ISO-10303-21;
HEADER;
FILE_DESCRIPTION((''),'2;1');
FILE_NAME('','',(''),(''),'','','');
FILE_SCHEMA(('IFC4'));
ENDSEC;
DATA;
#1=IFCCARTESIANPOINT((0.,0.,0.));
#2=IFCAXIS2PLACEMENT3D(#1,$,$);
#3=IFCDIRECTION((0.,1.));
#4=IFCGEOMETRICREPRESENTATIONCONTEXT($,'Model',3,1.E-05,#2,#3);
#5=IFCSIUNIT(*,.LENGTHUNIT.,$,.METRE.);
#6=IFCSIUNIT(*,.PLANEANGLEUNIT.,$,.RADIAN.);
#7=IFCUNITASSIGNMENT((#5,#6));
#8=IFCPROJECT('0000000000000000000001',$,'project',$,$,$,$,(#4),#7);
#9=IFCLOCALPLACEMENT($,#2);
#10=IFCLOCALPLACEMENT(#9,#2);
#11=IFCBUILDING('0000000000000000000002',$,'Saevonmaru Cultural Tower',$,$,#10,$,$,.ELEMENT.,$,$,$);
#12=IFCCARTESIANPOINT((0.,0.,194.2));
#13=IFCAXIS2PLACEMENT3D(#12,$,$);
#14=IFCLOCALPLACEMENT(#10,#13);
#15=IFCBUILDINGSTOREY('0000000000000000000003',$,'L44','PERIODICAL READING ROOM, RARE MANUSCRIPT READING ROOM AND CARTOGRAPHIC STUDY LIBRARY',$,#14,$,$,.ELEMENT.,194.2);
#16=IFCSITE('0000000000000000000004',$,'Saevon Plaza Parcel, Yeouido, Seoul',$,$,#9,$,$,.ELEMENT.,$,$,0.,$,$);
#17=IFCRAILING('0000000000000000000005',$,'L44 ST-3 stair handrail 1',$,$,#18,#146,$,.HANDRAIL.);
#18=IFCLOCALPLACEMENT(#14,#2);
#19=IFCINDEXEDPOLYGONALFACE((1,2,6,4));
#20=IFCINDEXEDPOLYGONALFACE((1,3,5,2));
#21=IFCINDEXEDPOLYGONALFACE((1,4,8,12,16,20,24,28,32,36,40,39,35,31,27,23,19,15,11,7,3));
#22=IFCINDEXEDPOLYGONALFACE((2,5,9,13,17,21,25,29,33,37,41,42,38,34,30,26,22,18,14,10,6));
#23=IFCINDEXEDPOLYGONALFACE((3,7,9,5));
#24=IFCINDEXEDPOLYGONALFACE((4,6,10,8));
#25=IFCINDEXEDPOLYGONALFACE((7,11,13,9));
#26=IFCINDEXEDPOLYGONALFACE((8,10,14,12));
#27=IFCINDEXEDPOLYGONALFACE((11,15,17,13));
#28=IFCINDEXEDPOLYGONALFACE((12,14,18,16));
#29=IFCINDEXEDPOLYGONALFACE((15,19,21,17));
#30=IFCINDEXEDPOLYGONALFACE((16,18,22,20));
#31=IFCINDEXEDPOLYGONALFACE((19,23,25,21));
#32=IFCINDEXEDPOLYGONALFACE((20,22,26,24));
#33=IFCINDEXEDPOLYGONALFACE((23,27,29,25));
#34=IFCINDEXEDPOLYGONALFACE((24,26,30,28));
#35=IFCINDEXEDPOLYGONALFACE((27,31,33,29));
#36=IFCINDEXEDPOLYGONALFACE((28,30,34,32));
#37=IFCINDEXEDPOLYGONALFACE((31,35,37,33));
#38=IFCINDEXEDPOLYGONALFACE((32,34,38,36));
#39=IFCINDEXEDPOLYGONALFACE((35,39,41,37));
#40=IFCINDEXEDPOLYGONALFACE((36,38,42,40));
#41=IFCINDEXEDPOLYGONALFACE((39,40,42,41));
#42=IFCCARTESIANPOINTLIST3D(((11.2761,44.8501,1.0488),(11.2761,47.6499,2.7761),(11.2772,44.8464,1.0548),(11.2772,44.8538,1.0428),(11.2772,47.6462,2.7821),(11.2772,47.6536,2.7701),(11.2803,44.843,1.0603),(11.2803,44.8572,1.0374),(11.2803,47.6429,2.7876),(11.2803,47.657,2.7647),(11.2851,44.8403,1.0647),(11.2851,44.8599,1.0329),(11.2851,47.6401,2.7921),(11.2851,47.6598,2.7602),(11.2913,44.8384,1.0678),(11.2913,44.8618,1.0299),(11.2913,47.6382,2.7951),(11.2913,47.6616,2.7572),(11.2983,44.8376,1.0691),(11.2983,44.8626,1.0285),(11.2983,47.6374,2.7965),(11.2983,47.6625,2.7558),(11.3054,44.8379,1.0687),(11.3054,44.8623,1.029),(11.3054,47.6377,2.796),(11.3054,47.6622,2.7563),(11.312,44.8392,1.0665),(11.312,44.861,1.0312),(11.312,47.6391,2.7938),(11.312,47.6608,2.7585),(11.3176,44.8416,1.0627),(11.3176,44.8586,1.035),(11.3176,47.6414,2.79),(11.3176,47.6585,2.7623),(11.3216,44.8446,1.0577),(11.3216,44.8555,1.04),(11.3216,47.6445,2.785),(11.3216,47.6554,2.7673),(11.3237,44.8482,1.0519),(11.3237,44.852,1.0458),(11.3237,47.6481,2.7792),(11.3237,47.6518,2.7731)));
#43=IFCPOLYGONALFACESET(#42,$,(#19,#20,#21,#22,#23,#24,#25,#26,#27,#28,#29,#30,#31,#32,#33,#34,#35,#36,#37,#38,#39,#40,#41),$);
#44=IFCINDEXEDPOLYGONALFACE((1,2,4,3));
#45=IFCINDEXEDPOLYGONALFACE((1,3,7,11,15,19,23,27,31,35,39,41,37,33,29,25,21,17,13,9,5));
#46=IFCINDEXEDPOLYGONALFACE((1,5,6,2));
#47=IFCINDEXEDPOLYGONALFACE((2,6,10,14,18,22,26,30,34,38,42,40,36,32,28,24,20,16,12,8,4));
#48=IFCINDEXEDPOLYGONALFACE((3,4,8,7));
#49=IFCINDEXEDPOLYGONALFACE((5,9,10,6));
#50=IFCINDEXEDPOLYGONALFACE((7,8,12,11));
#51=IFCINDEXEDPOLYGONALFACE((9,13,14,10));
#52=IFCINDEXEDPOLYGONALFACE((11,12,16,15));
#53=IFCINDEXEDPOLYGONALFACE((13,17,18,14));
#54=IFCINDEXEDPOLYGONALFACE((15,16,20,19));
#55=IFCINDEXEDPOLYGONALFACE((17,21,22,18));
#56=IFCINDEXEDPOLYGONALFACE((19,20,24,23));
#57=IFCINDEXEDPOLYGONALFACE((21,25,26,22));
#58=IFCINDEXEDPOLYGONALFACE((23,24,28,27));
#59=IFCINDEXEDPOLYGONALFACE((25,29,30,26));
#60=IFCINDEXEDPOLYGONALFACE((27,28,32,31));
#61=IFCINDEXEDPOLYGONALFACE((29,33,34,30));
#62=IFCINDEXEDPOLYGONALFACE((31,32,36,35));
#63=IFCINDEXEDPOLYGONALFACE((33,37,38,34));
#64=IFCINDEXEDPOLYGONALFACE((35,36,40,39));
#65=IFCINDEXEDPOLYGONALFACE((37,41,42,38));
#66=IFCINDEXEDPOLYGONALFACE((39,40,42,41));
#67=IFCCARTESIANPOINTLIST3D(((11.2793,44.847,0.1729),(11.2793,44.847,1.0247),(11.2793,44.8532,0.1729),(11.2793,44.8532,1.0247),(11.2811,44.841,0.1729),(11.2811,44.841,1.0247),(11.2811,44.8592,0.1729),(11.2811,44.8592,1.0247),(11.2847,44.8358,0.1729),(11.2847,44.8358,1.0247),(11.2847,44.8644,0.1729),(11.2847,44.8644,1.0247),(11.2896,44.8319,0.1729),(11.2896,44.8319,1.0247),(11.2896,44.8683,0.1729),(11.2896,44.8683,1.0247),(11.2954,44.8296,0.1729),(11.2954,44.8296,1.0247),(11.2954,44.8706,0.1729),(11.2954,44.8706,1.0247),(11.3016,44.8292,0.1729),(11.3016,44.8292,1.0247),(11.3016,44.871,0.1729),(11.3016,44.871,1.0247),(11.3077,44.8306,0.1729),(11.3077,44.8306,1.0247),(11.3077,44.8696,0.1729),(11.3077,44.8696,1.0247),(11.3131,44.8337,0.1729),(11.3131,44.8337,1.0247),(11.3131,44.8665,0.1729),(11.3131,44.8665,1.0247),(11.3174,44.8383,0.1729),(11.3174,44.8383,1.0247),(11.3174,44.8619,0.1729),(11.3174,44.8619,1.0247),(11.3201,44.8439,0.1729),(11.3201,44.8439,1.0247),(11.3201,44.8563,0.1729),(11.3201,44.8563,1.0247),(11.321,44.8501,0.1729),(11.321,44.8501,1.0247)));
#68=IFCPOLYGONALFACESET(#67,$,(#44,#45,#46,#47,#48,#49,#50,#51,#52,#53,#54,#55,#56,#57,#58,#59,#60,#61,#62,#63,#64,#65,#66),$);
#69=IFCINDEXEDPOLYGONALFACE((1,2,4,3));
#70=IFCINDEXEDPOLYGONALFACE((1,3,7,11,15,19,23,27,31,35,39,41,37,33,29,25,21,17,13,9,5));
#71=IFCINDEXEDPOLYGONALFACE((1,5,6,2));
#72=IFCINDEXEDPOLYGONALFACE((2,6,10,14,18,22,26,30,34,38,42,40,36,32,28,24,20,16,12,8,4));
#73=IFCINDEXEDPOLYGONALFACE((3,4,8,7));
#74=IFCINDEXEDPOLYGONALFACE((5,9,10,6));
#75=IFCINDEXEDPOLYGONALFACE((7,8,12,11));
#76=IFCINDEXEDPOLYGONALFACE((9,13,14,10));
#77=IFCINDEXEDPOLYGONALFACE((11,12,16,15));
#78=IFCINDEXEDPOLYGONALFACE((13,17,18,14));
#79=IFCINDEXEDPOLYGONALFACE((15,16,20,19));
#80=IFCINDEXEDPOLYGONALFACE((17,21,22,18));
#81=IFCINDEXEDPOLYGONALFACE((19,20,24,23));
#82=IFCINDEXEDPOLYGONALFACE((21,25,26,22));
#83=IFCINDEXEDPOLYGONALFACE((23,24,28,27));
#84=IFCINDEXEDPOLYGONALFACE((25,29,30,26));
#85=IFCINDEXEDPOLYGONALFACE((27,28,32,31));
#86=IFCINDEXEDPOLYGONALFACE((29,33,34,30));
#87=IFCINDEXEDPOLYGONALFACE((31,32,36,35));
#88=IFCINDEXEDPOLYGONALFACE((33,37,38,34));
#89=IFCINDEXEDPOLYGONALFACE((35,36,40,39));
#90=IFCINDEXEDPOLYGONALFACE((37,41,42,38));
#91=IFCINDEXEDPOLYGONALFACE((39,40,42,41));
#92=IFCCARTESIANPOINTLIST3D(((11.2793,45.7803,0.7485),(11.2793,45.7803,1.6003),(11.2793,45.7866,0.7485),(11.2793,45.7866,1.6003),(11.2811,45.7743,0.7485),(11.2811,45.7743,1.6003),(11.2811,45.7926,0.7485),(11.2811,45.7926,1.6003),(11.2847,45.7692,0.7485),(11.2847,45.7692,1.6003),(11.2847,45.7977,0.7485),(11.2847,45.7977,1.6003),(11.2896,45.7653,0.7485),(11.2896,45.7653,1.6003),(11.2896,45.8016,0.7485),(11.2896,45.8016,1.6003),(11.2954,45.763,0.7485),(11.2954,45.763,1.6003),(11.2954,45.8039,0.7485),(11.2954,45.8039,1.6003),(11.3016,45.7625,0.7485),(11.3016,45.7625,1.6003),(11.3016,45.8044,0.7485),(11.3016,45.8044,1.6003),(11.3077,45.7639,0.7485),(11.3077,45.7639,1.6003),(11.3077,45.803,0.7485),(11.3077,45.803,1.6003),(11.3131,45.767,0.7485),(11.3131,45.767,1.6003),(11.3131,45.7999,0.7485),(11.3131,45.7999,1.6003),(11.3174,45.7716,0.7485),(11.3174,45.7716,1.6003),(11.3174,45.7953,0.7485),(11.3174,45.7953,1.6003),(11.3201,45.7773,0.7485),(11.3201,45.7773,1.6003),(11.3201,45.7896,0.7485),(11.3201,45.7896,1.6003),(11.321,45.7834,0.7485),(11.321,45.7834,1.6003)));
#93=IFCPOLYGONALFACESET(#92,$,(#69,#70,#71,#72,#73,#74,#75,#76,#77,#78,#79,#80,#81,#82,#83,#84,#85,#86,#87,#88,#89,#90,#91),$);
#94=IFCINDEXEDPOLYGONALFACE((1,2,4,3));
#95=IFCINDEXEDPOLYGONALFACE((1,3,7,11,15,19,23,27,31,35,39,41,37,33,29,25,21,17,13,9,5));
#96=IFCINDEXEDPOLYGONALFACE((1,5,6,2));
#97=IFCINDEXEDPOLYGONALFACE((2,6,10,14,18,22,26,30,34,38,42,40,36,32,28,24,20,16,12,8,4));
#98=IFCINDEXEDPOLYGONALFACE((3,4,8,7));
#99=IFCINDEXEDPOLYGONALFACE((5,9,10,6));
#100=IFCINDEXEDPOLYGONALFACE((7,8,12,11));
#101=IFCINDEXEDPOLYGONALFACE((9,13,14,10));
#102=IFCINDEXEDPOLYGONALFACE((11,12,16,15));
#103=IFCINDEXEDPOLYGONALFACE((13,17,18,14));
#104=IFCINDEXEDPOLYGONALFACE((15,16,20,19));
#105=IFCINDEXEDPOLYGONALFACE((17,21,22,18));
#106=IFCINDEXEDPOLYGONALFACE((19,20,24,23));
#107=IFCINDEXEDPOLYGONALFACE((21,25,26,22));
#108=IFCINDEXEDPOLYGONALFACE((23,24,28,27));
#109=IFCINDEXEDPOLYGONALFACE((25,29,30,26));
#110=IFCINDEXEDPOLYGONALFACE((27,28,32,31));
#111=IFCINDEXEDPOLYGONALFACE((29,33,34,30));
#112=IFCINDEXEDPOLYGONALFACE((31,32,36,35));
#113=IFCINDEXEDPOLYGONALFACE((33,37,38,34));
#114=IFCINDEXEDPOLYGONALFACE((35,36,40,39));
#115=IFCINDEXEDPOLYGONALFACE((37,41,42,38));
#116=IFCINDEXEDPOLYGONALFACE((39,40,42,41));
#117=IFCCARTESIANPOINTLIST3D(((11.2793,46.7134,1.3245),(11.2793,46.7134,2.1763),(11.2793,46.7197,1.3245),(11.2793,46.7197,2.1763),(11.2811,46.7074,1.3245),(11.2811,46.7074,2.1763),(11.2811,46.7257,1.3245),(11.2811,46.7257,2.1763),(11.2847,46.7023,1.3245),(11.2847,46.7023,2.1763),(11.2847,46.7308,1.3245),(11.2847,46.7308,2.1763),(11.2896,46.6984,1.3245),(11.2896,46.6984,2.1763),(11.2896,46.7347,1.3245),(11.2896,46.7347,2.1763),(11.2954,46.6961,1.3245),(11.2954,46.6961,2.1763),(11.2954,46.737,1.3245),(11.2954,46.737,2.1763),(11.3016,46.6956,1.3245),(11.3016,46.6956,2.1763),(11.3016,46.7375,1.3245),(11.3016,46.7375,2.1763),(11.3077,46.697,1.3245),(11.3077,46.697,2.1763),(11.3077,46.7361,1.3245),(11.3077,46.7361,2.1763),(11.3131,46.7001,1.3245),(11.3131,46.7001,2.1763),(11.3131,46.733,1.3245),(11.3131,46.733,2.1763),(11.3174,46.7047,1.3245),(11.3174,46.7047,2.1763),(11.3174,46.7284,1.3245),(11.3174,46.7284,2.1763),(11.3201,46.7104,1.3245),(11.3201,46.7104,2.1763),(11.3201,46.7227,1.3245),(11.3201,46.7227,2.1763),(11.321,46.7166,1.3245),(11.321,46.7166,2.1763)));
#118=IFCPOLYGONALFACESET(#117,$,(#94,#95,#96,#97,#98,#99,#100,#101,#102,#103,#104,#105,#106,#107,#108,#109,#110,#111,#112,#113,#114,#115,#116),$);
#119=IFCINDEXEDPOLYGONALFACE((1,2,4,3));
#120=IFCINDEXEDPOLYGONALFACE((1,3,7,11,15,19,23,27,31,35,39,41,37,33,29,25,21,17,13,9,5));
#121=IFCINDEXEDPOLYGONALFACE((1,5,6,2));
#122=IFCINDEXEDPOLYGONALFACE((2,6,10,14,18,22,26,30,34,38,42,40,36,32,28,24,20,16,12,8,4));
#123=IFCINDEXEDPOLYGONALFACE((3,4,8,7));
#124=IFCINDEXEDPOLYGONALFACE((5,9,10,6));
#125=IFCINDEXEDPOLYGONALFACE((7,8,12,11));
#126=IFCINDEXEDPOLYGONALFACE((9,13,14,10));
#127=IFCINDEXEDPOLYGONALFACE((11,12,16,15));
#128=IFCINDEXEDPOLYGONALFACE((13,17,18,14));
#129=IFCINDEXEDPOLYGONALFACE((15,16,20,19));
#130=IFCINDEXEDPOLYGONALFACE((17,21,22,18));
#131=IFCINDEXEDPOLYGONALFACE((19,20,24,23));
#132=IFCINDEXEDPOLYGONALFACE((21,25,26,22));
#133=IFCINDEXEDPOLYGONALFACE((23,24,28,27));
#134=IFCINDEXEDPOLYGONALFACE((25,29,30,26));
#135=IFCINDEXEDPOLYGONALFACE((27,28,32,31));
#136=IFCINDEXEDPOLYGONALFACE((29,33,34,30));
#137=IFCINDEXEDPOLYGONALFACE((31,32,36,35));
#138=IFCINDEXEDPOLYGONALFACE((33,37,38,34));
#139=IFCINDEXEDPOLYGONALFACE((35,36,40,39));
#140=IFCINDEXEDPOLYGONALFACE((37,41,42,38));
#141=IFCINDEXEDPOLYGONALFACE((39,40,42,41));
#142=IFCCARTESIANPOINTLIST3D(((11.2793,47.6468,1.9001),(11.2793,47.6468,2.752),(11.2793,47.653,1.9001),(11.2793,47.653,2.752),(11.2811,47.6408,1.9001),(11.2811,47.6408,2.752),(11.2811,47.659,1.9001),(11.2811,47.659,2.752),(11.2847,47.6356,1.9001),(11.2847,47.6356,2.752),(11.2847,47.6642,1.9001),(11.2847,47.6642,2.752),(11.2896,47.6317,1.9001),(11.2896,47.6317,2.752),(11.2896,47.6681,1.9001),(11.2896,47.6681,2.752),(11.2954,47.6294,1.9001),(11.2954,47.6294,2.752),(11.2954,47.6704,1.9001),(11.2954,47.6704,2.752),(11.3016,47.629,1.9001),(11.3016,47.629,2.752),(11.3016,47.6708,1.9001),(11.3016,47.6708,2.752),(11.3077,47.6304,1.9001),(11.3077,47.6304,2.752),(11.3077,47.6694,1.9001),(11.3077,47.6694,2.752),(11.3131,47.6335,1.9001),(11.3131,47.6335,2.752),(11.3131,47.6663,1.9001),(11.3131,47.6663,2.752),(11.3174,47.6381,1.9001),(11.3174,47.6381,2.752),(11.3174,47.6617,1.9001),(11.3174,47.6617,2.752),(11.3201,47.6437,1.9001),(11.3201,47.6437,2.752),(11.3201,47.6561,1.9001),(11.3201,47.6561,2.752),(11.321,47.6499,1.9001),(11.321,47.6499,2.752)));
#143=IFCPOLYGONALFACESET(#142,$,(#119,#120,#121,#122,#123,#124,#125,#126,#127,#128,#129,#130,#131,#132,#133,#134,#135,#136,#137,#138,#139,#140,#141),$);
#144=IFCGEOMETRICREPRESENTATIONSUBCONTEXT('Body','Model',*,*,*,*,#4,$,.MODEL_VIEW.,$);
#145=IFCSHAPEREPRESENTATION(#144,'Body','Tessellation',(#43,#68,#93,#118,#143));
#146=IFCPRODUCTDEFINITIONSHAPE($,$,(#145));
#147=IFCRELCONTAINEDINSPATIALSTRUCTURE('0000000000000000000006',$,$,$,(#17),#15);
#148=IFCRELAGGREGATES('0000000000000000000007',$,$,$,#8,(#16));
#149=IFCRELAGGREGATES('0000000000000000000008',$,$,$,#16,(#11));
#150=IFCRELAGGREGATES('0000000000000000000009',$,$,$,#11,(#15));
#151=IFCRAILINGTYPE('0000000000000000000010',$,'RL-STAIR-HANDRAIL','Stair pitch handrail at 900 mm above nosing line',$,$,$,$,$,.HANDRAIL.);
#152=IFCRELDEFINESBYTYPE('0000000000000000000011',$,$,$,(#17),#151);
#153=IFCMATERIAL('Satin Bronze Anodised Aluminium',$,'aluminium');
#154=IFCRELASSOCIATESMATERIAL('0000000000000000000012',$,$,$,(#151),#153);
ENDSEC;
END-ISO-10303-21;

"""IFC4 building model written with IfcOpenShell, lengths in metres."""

from ifc_helpers import new_model, si_unit, direction, frame, origin, origin_2d, place, context, subcontext, project, spatial, circle, extrude, material, type_object, element, save


model = new_model("IFC4")

# Units and contexts
model_context = context("Model", 3, precision=1e-05, world=origin(), true_north=direction((0.0, 1.0)))
body_context = subcontext(model_context, "Body", "Model", "MODEL_VIEW")
ifc_project = project(units=[si_unit("LENGTHUNIT", "METRE"), si_unit("PLANEANGLEUNIT", "RADIAN")], contexts=[model_context])

# Site, building, storey
site_placement = place(None, origin())
site = spatial("IfcSite", under=ifc_project, at=site_placement, Name="Saevon Plaza Parcel, Yeouido, Seoul", CompositionType="ELEMENT", RefElevation=0.0)
building_placement = place(site_placement, origin())
building = spatial("IfcBuilding", under=site, at=building_placement, Name="Saevonmaru Cultural Tower", CompositionType="ELEMENT")
storey_placement = place(building_placement, frame((0.0, 0.0, 194.2)))
storey = spatial("IfcBuildingStorey", under=building, at=storey_placement, Name="L44", Description="PERIODICAL READING ROOM, RARE MANUSCRIPT READING ROOM AND CARTOGRAPHIC STUDY LIBRARY", CompositionType="ELEMENT", Elevation=194.2)

# Shared definitions
ifc_material_1 = material(Name="Satin Bronze Anodised Aluminium", Category="aluminium")

# Railing
railing_type_1 = type_object("IfcRailingType", Name="RL-STAIR-HANDRAIL", Description="Stair pitch handrail at 900 mm above nosing line", PredefinedType="HANDRAIL", material=ifc_material_1)
railing_1_placement = place(storey_placement, frame((11.3, 44.8501, 0.1729)))
element("IfcRailing", 1, at=railing_1_placement, inside=storey, type_object=railing_type_1, Name="L44 ST-3 stair handrail 1", PredefinedType="HANDRAIL", context=body_context, shape_type="SweptSolid", body=[
    extrude(circle(Radius=0.0239, at=origin_2d()), frame((0.0, 0.0, 0.876), z_axis=(0.0, 0.851069, 0.525054), x_axis=(-1.0, 0.0, 0.0)), (0.0, 0.0, 1.0), 3.2898),
    extrude(circle(Radius=0.021, at=origin_2d()), origin(), (0.0, 0.0, 1.0), 0.8518),
    extrude(circle(Radius=0.021, at=origin_2d()), frame((0.0, 0.9333, 0.5757)), (0.0, 0.0, 1.0), 0.8518),
    extrude(circle(Radius=0.021, at=origin_2d()), frame((0.0, 1.8665, 1.1516)), (0.0, 0.0, 1.0), 0.8518),
    extrude(circle(Radius=0.021, at=origin_2d()), frame((0.0, 2.7998, 1.7273)), (0.0, 0.0, 1.0), 0.8518),
])

save(model, "model.ifc")
